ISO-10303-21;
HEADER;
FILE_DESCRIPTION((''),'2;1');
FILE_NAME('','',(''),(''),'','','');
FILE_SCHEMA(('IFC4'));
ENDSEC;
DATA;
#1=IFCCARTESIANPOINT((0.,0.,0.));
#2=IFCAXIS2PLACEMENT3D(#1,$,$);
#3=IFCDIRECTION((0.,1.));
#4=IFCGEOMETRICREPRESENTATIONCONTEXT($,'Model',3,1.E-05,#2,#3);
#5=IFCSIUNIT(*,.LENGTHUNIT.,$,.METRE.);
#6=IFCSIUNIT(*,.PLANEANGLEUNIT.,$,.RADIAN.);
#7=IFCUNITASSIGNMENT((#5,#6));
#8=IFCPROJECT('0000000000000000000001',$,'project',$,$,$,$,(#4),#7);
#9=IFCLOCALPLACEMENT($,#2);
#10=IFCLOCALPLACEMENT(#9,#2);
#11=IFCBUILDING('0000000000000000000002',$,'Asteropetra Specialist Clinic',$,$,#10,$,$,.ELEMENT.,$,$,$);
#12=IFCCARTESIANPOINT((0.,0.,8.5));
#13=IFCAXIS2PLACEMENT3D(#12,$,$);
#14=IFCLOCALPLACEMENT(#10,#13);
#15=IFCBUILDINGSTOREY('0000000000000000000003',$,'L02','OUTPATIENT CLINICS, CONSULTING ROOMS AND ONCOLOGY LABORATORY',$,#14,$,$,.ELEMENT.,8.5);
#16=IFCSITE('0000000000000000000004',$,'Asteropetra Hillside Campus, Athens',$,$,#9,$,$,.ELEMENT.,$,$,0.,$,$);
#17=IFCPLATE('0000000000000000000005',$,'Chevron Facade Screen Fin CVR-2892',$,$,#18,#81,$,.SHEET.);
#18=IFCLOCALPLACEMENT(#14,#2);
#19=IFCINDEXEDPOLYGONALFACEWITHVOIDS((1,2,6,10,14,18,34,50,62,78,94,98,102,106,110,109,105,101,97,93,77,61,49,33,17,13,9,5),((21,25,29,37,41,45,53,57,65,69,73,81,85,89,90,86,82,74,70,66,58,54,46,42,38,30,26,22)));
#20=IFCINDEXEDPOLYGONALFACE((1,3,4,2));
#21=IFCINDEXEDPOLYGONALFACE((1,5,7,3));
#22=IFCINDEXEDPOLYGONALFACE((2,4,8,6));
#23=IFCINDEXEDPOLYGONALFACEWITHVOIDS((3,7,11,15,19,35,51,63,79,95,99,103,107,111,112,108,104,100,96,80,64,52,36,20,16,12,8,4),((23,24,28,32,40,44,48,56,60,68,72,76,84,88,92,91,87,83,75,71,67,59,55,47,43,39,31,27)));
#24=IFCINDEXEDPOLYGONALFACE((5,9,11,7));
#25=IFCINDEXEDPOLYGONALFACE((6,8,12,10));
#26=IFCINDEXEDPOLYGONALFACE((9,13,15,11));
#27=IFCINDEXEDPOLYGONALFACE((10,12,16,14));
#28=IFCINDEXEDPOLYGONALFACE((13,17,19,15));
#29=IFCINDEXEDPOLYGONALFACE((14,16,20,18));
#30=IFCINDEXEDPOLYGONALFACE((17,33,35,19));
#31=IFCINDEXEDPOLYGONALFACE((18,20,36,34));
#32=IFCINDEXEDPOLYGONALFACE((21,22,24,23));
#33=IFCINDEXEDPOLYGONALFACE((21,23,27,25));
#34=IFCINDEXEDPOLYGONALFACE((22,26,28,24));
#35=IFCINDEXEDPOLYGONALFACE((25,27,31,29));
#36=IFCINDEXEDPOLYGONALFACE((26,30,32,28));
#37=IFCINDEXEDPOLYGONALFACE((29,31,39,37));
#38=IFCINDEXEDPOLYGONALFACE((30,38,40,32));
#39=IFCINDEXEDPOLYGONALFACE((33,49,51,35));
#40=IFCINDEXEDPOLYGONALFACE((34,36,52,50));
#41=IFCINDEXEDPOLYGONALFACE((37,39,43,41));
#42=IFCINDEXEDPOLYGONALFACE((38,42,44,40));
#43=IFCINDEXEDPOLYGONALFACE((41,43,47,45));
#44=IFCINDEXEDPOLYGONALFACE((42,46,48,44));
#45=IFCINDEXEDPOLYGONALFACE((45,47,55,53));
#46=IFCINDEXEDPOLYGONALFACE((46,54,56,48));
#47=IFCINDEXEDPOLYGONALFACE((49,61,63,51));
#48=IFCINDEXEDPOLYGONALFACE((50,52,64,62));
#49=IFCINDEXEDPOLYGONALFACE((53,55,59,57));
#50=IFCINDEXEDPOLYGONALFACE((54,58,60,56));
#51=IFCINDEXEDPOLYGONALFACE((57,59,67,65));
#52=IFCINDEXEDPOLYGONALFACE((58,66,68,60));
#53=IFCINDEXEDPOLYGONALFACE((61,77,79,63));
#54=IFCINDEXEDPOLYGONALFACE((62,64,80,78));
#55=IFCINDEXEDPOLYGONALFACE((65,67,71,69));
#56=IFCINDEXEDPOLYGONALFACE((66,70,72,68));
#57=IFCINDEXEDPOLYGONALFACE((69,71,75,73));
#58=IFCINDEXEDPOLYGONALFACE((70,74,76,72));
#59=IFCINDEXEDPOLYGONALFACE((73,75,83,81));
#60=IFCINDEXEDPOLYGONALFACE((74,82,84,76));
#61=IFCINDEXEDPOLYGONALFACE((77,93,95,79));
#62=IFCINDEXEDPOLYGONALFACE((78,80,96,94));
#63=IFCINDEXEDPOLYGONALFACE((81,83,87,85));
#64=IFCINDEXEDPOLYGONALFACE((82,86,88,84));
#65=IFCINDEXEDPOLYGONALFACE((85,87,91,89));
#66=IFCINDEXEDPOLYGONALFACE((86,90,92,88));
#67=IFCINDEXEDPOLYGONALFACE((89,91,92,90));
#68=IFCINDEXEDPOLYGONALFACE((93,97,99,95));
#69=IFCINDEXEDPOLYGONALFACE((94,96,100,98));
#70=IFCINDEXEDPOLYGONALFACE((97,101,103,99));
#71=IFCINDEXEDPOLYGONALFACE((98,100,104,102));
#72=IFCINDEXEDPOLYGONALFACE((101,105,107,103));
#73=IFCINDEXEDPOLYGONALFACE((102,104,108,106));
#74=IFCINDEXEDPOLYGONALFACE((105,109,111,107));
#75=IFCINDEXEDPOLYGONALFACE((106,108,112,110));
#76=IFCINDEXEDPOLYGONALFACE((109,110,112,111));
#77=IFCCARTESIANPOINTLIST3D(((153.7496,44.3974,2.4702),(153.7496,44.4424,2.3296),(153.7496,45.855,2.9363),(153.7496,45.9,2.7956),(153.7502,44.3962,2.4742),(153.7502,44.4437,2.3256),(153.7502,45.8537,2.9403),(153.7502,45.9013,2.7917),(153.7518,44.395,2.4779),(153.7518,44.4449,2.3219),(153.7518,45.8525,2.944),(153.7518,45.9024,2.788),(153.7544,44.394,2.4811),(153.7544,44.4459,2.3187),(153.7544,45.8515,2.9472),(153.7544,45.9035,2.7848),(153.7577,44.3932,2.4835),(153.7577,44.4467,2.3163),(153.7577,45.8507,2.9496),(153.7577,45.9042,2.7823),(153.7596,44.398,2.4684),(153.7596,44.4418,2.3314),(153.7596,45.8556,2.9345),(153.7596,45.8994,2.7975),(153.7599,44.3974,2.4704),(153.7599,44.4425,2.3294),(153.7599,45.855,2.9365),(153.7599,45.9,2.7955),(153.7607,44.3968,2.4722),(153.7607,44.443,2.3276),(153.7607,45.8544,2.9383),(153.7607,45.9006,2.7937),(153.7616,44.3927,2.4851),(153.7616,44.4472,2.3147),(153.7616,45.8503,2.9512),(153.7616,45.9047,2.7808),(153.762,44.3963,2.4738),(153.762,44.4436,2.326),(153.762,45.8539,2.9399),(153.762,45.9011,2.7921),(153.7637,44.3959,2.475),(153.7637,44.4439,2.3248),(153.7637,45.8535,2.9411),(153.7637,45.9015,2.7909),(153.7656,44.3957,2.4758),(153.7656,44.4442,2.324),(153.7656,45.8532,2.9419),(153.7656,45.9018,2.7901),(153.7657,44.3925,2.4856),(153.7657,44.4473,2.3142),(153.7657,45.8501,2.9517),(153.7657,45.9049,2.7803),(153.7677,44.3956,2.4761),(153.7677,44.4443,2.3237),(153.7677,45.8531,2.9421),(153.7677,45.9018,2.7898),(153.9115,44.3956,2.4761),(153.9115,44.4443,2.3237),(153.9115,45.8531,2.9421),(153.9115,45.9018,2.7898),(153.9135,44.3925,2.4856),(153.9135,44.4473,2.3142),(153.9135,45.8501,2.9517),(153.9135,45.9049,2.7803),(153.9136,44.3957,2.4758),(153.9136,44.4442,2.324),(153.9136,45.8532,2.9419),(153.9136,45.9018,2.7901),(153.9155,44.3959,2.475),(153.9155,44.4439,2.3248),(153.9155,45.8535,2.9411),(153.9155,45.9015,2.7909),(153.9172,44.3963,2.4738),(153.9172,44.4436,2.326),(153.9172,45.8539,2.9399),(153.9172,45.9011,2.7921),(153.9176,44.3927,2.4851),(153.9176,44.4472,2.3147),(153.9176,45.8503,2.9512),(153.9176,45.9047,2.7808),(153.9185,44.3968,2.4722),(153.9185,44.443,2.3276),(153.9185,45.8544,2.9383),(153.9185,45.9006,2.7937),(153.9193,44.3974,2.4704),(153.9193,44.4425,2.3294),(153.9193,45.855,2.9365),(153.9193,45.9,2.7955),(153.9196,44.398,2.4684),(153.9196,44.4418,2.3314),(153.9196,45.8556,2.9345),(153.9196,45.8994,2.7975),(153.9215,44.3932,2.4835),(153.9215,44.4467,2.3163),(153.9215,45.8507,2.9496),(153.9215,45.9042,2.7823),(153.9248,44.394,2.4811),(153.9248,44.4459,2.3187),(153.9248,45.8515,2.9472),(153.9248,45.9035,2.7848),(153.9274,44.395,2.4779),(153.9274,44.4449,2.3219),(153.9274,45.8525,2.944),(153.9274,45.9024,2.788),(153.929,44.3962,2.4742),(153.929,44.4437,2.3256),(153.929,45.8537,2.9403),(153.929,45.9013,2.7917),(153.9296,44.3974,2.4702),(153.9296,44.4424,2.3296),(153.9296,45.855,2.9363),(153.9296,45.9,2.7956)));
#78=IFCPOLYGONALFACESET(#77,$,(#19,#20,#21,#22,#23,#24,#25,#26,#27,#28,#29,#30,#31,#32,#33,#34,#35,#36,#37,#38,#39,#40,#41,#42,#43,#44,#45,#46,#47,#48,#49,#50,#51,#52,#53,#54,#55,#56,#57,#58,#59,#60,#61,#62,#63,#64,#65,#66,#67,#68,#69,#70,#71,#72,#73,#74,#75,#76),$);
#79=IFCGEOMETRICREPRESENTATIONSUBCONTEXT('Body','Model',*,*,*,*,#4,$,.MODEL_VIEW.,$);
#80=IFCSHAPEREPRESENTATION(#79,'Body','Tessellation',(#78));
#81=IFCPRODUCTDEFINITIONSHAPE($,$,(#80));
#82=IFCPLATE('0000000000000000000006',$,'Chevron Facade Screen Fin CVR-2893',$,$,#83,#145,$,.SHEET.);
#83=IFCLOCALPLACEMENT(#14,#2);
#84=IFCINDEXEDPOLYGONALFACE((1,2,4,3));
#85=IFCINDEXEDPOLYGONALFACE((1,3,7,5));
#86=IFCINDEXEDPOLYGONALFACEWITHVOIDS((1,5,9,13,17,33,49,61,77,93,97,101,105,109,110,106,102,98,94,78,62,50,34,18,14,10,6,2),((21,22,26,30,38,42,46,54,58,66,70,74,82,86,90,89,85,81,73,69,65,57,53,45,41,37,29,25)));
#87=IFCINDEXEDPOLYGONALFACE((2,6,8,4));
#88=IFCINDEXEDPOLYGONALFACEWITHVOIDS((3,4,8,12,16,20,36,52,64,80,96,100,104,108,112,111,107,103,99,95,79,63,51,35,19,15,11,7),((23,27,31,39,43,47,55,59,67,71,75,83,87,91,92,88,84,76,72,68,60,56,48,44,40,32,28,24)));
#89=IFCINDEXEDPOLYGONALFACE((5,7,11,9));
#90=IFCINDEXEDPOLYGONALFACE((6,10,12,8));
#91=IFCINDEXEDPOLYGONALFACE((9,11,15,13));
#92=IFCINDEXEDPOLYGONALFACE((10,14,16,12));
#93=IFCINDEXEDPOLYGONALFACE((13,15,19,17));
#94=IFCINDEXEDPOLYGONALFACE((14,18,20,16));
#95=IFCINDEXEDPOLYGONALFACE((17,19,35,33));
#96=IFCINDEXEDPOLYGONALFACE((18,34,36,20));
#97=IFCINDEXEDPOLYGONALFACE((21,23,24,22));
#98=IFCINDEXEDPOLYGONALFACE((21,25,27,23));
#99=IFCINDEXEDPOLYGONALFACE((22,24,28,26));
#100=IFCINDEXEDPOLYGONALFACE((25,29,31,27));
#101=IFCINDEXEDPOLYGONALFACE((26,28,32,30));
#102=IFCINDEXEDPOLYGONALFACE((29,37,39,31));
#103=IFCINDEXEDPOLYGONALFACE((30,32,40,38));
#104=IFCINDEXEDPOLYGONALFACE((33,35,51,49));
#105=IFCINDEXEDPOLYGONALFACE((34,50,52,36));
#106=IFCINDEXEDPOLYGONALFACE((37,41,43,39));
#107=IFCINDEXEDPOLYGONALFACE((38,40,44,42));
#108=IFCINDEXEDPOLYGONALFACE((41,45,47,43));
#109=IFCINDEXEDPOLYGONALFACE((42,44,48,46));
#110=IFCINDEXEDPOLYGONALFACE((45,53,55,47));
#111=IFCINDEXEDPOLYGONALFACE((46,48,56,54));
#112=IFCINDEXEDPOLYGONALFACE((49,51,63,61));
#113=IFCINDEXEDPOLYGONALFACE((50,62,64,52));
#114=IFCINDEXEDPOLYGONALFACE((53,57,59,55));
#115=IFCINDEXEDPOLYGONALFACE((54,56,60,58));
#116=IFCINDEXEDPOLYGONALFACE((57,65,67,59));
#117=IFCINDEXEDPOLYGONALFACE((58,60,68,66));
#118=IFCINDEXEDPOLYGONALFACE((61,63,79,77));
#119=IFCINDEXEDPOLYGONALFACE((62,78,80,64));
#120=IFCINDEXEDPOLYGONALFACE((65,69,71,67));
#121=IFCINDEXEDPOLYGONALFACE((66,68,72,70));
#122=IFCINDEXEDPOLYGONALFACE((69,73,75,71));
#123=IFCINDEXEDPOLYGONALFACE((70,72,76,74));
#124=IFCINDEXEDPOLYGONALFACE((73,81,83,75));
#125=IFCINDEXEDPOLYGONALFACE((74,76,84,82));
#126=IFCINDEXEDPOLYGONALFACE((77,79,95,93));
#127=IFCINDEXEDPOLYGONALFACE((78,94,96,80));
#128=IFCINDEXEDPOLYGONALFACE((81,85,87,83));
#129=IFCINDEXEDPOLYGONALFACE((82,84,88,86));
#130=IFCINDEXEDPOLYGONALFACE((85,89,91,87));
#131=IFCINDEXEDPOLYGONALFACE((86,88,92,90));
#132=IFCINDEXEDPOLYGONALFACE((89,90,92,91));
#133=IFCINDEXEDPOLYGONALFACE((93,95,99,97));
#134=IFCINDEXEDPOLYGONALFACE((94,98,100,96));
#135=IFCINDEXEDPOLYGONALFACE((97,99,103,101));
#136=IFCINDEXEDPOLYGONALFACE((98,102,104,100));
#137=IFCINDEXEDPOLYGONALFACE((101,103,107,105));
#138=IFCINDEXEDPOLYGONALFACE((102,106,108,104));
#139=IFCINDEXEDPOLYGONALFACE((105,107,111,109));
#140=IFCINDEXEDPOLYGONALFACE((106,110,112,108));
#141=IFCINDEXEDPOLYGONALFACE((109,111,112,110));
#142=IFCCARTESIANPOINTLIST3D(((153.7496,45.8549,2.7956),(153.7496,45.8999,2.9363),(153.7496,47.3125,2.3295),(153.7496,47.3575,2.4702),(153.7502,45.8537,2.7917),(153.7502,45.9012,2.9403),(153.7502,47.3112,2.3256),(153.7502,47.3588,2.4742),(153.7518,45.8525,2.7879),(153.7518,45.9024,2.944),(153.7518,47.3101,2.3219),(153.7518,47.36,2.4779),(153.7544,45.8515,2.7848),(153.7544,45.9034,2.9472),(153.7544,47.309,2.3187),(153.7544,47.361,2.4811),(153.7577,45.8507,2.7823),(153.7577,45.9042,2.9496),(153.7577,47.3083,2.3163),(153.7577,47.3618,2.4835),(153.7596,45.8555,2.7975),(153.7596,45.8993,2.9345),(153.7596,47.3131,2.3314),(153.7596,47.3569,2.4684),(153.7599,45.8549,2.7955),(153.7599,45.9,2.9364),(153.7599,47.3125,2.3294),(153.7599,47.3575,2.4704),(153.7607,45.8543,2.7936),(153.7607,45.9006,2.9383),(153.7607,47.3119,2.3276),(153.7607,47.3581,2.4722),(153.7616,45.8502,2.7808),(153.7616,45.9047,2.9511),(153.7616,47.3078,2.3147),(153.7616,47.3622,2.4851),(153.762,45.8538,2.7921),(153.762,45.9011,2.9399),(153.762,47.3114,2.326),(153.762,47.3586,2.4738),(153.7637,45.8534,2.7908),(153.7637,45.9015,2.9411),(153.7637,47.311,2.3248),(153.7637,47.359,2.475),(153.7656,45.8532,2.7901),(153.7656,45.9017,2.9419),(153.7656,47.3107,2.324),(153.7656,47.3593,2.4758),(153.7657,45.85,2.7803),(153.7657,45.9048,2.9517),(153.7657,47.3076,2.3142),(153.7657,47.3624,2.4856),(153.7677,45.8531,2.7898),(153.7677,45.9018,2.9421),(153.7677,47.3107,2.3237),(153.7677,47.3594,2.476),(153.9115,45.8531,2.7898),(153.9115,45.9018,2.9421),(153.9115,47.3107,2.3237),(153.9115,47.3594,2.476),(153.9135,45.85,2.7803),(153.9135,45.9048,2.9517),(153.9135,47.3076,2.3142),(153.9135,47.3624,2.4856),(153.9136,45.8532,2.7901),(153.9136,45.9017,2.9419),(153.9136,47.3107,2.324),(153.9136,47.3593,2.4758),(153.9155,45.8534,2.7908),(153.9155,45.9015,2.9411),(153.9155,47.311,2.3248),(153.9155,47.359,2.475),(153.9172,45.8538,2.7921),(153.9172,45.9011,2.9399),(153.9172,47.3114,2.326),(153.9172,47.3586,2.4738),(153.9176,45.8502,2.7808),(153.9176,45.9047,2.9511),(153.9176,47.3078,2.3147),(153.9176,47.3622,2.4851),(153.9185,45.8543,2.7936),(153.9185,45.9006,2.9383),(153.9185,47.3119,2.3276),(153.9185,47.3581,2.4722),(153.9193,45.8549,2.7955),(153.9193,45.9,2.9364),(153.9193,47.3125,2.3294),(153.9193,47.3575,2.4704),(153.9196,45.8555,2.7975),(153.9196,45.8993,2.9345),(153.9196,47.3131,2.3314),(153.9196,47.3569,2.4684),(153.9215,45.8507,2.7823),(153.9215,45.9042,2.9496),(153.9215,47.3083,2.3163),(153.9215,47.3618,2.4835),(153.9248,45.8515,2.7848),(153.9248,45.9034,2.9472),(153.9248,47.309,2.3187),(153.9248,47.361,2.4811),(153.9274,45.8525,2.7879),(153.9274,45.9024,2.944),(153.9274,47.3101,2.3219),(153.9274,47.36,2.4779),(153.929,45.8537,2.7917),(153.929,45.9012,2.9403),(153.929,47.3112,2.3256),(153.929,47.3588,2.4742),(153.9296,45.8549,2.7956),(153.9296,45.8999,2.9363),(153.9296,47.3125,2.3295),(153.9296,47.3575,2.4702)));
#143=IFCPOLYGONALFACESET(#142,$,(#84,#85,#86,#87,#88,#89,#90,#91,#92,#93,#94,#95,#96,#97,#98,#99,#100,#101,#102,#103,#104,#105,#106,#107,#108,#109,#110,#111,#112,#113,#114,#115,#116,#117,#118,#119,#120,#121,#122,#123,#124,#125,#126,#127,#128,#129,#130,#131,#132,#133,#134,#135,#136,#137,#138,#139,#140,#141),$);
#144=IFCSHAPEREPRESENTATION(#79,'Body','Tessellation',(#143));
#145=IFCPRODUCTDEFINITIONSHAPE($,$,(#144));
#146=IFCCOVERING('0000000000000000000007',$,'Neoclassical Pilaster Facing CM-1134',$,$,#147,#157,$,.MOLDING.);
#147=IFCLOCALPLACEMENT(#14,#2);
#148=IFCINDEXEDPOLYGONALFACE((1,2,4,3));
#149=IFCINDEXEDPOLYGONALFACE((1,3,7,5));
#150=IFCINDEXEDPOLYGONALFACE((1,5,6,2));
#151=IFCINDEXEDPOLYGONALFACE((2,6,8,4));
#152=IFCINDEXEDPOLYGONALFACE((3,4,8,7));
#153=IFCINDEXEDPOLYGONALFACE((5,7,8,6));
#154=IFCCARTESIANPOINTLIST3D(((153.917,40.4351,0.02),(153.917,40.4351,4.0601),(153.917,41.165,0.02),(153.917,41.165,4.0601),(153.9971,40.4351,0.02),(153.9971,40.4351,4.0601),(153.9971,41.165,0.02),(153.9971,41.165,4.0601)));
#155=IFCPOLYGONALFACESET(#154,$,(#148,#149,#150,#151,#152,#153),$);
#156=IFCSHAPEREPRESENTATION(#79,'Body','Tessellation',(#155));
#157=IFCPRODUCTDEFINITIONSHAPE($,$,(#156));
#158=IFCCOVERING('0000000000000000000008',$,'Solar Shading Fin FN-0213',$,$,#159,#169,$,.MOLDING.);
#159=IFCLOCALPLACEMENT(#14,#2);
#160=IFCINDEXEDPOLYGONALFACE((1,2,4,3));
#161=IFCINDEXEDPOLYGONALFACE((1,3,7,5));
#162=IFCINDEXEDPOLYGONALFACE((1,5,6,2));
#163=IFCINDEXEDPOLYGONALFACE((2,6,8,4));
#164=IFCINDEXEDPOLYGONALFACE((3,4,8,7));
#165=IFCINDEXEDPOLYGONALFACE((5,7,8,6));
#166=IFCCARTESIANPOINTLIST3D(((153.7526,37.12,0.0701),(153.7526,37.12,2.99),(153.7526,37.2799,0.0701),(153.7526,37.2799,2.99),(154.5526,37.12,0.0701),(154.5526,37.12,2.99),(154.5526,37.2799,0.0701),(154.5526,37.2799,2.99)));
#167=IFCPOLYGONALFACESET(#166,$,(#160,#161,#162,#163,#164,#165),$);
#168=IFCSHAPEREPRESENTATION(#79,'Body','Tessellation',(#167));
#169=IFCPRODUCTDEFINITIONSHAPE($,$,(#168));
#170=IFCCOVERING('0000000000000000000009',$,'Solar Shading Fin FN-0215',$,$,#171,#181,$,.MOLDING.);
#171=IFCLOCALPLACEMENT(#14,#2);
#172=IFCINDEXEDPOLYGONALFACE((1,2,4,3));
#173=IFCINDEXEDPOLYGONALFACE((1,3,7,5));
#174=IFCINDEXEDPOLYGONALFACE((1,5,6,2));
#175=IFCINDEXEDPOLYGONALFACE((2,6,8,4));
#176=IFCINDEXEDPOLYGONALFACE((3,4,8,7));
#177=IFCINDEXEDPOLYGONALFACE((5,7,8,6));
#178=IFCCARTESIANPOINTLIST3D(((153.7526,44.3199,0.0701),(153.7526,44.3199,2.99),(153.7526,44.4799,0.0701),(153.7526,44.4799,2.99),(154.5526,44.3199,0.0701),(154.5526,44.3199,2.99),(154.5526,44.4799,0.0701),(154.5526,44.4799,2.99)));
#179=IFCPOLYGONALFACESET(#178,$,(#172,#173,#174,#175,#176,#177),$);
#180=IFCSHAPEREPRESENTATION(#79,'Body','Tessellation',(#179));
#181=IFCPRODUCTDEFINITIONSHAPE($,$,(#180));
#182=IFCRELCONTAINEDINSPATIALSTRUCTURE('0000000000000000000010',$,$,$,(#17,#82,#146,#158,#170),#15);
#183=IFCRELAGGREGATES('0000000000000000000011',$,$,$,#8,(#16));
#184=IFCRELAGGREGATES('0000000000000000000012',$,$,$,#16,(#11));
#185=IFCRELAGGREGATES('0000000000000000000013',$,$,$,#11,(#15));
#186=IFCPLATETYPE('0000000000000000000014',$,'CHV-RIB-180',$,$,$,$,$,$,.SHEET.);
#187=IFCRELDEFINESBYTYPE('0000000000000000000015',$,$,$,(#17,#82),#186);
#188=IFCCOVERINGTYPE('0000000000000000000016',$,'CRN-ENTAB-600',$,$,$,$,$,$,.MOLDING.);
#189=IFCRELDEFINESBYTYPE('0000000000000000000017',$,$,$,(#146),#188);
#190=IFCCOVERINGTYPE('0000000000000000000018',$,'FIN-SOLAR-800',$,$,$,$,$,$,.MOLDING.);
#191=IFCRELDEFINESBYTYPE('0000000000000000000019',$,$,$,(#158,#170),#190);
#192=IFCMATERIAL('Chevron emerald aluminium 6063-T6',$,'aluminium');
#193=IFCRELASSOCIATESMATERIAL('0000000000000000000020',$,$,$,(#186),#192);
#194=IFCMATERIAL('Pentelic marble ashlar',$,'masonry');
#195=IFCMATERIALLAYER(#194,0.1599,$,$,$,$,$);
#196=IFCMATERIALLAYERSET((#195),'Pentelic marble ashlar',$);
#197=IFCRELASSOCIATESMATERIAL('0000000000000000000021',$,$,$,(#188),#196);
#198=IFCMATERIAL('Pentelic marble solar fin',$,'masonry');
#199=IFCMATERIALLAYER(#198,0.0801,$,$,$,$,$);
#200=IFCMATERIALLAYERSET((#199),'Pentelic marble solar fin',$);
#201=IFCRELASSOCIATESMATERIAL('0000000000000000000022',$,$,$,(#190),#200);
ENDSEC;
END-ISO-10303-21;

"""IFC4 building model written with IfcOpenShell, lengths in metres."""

from ifc_helpers import new_model, si_unit, direction, frame, origin, origin_2d, place, context, subcontext, project, spatial, rectangle, hollow_rectangle, extrude, material, layer, layer_set, material_profile, profile_set, type_object, element, save


model = new_model("IFC4")

# Units and contexts
model_context = context("Model", 3, precision=1e-05, world=origin(), true_north=direction((0.0, 1.0)))
body_context = subcontext(model_context, "Body", "Model", "MODEL_VIEW")
ifc_project = project(units=[si_unit("LENGTHUNIT", "METRE"), si_unit("PLANEANGLEUNIT", "RADIAN")], contexts=[model_context])

# Site, building, storey
site_placement = place(None, origin())
site = spatial("IfcSite", under=ifc_project, at=site_placement, Name="Asteropetra Hillside Campus, Athens", CompositionType="ELEMENT", RefElevation=0.0)
building_placement = place(site_placement, origin())
building = spatial("IfcBuilding", under=site, at=building_placement, Name="Asteropetra Specialist Clinic", CompositionType="ELEMENT")
storey_placement = place(building_placement, frame((0.0, 0.0, 8.5)))
storey = spatial("IfcBuildingStorey", under=building, at=storey_placement, Name="L02", Description="OUTPATIENT CLINICS, CONSULTING ROOMS AND ONCOLOGY LABORATORY", CompositionType="ELEMENT", Elevation=8.5)

# Plates
ifc_material_1 = material(Name="Chevron emerald aluminium 6063-T6", Category="aluminium")
ifc_material_profile = material_profile(ifc_material_1, hollow_rectangle(XDim=0.1799, YDim=0.1799, WallThickness=0.01, InnerFilletRadius=0.0081, OuterFilletRadius=0.0161, at=origin_2d()), Name="SHS 180x180x10.0")
ifc_profile_set = profile_set([ifc_material_profile], Name="Chevron emerald aluminium 6063-T6")
plate_type = type_object("IfcPlateType", Name="CHV-RIB-180", PredefinedType="SHEET", material=ifc_profile_set)
for number, where, z_axis, x_axis, name in (
    (1, (153.8396, 44.4199, 2.3999), (0.0, 0.952489, 0.304573), (-1.0, 0.0, 0.0), "Chevron Facade Screen Fin CVR-2892"),
    (2, (153.8396, 45.8774, 2.866), (0.0, 0.952489, -0.304573), (-1.0, 0.0, 0.0), "Chevron Facade Screen Fin CVR-2893"),
):
    element("IfcPlate", number, at=place(storey_placement, frame(where, z_axis=z_axis, x_axis=x_axis)), inside=storey, type_object=plate_type, Name=name, PredefinedType="SHEET", context=body_context, shape_type="SweptSolid", body=[
        extrude(hollow_rectangle(XDim=0.1799, YDim=0.1799, WallThickness=0.01, InnerFilletRadius=0.0081, OuterFilletRadius=0.0161, at=origin_2d()), origin(), (0.0, 0.0, 1.0), 1.5303),
    ])

# Coverings
ifc_material_2 = material(Name="Pentelic marble ashlar", Category="masonry")
ifc_layer_1 = layer(ifc_material_2, 0.1599)
ifc_layer_set_1 = layer_set([ifc_layer_1], Name="Pentelic marble ashlar")
covering_type_1 = type_object("IfcCoveringType", Name="CRN-ENTAB-600", PredefinedType="MOLDING", material=ifc_layer_set_1)
covering_placement = place(storey_placement, frame((153.957, 40.8, 0.02), z_axis=(0.0, 0.0, 1.0), x_axis=(1.0, 0.0, 0.0)))
element("IfcCovering", 3, at=covering_placement, inside=storey, type_object=covering_type_1, Name="Neoclassical Pilaster Facing CM-1134", PredefinedType="MOLDING", context=body_context, shape_type="SweptSolid", body=[
    extrude(rectangle(XDim=0.0801, YDim=0.73, at=origin_2d()), origin(), (0.0, 0.0, 1.0), 4.04),
])
ifc_material_3 = material(Name="Pentelic marble solar fin", Category="masonry")
ifc_layer_2 = layer(ifc_material_3, 0.0801)
ifc_layer_set_2 = layer_set([ifc_layer_2], Name="Pentelic marble solar fin")
covering_type_2 = type_object("IfcCoveringType", Name="FIN-SOLAR-800", PredefinedType="MOLDING", material=ifc_layer_set_2)
for number, where, z_axis, x_axis, name in (
    (4, (154.1526, 37.2, 0.0701), (0.0, 0.0, 1.0), (1.0, 0.0, 0.0), "Solar Shading Fin FN-0213"),
    (5, (154.1526, 44.3999, 0.0701), (0.0, 0.0, 1.0), (1.0, 0.0, 0.0), "Solar Shading Fin FN-0215"),
):
    element("IfcCovering", number, at=place(storey_placement, frame(where, z_axis=z_axis, x_axis=x_axis)), inside=storey, type_object=covering_type_2, Name=name, PredefinedType="MOLDING", context=body_context, shape_type="SweptSolid", body=[
        extrude(rectangle(XDim=0.8, YDim=0.1599, at=origin_2d()), origin(), (0.0, 0.0, 1.0), 2.9199),
    ])

save(model, "model.ifc")
